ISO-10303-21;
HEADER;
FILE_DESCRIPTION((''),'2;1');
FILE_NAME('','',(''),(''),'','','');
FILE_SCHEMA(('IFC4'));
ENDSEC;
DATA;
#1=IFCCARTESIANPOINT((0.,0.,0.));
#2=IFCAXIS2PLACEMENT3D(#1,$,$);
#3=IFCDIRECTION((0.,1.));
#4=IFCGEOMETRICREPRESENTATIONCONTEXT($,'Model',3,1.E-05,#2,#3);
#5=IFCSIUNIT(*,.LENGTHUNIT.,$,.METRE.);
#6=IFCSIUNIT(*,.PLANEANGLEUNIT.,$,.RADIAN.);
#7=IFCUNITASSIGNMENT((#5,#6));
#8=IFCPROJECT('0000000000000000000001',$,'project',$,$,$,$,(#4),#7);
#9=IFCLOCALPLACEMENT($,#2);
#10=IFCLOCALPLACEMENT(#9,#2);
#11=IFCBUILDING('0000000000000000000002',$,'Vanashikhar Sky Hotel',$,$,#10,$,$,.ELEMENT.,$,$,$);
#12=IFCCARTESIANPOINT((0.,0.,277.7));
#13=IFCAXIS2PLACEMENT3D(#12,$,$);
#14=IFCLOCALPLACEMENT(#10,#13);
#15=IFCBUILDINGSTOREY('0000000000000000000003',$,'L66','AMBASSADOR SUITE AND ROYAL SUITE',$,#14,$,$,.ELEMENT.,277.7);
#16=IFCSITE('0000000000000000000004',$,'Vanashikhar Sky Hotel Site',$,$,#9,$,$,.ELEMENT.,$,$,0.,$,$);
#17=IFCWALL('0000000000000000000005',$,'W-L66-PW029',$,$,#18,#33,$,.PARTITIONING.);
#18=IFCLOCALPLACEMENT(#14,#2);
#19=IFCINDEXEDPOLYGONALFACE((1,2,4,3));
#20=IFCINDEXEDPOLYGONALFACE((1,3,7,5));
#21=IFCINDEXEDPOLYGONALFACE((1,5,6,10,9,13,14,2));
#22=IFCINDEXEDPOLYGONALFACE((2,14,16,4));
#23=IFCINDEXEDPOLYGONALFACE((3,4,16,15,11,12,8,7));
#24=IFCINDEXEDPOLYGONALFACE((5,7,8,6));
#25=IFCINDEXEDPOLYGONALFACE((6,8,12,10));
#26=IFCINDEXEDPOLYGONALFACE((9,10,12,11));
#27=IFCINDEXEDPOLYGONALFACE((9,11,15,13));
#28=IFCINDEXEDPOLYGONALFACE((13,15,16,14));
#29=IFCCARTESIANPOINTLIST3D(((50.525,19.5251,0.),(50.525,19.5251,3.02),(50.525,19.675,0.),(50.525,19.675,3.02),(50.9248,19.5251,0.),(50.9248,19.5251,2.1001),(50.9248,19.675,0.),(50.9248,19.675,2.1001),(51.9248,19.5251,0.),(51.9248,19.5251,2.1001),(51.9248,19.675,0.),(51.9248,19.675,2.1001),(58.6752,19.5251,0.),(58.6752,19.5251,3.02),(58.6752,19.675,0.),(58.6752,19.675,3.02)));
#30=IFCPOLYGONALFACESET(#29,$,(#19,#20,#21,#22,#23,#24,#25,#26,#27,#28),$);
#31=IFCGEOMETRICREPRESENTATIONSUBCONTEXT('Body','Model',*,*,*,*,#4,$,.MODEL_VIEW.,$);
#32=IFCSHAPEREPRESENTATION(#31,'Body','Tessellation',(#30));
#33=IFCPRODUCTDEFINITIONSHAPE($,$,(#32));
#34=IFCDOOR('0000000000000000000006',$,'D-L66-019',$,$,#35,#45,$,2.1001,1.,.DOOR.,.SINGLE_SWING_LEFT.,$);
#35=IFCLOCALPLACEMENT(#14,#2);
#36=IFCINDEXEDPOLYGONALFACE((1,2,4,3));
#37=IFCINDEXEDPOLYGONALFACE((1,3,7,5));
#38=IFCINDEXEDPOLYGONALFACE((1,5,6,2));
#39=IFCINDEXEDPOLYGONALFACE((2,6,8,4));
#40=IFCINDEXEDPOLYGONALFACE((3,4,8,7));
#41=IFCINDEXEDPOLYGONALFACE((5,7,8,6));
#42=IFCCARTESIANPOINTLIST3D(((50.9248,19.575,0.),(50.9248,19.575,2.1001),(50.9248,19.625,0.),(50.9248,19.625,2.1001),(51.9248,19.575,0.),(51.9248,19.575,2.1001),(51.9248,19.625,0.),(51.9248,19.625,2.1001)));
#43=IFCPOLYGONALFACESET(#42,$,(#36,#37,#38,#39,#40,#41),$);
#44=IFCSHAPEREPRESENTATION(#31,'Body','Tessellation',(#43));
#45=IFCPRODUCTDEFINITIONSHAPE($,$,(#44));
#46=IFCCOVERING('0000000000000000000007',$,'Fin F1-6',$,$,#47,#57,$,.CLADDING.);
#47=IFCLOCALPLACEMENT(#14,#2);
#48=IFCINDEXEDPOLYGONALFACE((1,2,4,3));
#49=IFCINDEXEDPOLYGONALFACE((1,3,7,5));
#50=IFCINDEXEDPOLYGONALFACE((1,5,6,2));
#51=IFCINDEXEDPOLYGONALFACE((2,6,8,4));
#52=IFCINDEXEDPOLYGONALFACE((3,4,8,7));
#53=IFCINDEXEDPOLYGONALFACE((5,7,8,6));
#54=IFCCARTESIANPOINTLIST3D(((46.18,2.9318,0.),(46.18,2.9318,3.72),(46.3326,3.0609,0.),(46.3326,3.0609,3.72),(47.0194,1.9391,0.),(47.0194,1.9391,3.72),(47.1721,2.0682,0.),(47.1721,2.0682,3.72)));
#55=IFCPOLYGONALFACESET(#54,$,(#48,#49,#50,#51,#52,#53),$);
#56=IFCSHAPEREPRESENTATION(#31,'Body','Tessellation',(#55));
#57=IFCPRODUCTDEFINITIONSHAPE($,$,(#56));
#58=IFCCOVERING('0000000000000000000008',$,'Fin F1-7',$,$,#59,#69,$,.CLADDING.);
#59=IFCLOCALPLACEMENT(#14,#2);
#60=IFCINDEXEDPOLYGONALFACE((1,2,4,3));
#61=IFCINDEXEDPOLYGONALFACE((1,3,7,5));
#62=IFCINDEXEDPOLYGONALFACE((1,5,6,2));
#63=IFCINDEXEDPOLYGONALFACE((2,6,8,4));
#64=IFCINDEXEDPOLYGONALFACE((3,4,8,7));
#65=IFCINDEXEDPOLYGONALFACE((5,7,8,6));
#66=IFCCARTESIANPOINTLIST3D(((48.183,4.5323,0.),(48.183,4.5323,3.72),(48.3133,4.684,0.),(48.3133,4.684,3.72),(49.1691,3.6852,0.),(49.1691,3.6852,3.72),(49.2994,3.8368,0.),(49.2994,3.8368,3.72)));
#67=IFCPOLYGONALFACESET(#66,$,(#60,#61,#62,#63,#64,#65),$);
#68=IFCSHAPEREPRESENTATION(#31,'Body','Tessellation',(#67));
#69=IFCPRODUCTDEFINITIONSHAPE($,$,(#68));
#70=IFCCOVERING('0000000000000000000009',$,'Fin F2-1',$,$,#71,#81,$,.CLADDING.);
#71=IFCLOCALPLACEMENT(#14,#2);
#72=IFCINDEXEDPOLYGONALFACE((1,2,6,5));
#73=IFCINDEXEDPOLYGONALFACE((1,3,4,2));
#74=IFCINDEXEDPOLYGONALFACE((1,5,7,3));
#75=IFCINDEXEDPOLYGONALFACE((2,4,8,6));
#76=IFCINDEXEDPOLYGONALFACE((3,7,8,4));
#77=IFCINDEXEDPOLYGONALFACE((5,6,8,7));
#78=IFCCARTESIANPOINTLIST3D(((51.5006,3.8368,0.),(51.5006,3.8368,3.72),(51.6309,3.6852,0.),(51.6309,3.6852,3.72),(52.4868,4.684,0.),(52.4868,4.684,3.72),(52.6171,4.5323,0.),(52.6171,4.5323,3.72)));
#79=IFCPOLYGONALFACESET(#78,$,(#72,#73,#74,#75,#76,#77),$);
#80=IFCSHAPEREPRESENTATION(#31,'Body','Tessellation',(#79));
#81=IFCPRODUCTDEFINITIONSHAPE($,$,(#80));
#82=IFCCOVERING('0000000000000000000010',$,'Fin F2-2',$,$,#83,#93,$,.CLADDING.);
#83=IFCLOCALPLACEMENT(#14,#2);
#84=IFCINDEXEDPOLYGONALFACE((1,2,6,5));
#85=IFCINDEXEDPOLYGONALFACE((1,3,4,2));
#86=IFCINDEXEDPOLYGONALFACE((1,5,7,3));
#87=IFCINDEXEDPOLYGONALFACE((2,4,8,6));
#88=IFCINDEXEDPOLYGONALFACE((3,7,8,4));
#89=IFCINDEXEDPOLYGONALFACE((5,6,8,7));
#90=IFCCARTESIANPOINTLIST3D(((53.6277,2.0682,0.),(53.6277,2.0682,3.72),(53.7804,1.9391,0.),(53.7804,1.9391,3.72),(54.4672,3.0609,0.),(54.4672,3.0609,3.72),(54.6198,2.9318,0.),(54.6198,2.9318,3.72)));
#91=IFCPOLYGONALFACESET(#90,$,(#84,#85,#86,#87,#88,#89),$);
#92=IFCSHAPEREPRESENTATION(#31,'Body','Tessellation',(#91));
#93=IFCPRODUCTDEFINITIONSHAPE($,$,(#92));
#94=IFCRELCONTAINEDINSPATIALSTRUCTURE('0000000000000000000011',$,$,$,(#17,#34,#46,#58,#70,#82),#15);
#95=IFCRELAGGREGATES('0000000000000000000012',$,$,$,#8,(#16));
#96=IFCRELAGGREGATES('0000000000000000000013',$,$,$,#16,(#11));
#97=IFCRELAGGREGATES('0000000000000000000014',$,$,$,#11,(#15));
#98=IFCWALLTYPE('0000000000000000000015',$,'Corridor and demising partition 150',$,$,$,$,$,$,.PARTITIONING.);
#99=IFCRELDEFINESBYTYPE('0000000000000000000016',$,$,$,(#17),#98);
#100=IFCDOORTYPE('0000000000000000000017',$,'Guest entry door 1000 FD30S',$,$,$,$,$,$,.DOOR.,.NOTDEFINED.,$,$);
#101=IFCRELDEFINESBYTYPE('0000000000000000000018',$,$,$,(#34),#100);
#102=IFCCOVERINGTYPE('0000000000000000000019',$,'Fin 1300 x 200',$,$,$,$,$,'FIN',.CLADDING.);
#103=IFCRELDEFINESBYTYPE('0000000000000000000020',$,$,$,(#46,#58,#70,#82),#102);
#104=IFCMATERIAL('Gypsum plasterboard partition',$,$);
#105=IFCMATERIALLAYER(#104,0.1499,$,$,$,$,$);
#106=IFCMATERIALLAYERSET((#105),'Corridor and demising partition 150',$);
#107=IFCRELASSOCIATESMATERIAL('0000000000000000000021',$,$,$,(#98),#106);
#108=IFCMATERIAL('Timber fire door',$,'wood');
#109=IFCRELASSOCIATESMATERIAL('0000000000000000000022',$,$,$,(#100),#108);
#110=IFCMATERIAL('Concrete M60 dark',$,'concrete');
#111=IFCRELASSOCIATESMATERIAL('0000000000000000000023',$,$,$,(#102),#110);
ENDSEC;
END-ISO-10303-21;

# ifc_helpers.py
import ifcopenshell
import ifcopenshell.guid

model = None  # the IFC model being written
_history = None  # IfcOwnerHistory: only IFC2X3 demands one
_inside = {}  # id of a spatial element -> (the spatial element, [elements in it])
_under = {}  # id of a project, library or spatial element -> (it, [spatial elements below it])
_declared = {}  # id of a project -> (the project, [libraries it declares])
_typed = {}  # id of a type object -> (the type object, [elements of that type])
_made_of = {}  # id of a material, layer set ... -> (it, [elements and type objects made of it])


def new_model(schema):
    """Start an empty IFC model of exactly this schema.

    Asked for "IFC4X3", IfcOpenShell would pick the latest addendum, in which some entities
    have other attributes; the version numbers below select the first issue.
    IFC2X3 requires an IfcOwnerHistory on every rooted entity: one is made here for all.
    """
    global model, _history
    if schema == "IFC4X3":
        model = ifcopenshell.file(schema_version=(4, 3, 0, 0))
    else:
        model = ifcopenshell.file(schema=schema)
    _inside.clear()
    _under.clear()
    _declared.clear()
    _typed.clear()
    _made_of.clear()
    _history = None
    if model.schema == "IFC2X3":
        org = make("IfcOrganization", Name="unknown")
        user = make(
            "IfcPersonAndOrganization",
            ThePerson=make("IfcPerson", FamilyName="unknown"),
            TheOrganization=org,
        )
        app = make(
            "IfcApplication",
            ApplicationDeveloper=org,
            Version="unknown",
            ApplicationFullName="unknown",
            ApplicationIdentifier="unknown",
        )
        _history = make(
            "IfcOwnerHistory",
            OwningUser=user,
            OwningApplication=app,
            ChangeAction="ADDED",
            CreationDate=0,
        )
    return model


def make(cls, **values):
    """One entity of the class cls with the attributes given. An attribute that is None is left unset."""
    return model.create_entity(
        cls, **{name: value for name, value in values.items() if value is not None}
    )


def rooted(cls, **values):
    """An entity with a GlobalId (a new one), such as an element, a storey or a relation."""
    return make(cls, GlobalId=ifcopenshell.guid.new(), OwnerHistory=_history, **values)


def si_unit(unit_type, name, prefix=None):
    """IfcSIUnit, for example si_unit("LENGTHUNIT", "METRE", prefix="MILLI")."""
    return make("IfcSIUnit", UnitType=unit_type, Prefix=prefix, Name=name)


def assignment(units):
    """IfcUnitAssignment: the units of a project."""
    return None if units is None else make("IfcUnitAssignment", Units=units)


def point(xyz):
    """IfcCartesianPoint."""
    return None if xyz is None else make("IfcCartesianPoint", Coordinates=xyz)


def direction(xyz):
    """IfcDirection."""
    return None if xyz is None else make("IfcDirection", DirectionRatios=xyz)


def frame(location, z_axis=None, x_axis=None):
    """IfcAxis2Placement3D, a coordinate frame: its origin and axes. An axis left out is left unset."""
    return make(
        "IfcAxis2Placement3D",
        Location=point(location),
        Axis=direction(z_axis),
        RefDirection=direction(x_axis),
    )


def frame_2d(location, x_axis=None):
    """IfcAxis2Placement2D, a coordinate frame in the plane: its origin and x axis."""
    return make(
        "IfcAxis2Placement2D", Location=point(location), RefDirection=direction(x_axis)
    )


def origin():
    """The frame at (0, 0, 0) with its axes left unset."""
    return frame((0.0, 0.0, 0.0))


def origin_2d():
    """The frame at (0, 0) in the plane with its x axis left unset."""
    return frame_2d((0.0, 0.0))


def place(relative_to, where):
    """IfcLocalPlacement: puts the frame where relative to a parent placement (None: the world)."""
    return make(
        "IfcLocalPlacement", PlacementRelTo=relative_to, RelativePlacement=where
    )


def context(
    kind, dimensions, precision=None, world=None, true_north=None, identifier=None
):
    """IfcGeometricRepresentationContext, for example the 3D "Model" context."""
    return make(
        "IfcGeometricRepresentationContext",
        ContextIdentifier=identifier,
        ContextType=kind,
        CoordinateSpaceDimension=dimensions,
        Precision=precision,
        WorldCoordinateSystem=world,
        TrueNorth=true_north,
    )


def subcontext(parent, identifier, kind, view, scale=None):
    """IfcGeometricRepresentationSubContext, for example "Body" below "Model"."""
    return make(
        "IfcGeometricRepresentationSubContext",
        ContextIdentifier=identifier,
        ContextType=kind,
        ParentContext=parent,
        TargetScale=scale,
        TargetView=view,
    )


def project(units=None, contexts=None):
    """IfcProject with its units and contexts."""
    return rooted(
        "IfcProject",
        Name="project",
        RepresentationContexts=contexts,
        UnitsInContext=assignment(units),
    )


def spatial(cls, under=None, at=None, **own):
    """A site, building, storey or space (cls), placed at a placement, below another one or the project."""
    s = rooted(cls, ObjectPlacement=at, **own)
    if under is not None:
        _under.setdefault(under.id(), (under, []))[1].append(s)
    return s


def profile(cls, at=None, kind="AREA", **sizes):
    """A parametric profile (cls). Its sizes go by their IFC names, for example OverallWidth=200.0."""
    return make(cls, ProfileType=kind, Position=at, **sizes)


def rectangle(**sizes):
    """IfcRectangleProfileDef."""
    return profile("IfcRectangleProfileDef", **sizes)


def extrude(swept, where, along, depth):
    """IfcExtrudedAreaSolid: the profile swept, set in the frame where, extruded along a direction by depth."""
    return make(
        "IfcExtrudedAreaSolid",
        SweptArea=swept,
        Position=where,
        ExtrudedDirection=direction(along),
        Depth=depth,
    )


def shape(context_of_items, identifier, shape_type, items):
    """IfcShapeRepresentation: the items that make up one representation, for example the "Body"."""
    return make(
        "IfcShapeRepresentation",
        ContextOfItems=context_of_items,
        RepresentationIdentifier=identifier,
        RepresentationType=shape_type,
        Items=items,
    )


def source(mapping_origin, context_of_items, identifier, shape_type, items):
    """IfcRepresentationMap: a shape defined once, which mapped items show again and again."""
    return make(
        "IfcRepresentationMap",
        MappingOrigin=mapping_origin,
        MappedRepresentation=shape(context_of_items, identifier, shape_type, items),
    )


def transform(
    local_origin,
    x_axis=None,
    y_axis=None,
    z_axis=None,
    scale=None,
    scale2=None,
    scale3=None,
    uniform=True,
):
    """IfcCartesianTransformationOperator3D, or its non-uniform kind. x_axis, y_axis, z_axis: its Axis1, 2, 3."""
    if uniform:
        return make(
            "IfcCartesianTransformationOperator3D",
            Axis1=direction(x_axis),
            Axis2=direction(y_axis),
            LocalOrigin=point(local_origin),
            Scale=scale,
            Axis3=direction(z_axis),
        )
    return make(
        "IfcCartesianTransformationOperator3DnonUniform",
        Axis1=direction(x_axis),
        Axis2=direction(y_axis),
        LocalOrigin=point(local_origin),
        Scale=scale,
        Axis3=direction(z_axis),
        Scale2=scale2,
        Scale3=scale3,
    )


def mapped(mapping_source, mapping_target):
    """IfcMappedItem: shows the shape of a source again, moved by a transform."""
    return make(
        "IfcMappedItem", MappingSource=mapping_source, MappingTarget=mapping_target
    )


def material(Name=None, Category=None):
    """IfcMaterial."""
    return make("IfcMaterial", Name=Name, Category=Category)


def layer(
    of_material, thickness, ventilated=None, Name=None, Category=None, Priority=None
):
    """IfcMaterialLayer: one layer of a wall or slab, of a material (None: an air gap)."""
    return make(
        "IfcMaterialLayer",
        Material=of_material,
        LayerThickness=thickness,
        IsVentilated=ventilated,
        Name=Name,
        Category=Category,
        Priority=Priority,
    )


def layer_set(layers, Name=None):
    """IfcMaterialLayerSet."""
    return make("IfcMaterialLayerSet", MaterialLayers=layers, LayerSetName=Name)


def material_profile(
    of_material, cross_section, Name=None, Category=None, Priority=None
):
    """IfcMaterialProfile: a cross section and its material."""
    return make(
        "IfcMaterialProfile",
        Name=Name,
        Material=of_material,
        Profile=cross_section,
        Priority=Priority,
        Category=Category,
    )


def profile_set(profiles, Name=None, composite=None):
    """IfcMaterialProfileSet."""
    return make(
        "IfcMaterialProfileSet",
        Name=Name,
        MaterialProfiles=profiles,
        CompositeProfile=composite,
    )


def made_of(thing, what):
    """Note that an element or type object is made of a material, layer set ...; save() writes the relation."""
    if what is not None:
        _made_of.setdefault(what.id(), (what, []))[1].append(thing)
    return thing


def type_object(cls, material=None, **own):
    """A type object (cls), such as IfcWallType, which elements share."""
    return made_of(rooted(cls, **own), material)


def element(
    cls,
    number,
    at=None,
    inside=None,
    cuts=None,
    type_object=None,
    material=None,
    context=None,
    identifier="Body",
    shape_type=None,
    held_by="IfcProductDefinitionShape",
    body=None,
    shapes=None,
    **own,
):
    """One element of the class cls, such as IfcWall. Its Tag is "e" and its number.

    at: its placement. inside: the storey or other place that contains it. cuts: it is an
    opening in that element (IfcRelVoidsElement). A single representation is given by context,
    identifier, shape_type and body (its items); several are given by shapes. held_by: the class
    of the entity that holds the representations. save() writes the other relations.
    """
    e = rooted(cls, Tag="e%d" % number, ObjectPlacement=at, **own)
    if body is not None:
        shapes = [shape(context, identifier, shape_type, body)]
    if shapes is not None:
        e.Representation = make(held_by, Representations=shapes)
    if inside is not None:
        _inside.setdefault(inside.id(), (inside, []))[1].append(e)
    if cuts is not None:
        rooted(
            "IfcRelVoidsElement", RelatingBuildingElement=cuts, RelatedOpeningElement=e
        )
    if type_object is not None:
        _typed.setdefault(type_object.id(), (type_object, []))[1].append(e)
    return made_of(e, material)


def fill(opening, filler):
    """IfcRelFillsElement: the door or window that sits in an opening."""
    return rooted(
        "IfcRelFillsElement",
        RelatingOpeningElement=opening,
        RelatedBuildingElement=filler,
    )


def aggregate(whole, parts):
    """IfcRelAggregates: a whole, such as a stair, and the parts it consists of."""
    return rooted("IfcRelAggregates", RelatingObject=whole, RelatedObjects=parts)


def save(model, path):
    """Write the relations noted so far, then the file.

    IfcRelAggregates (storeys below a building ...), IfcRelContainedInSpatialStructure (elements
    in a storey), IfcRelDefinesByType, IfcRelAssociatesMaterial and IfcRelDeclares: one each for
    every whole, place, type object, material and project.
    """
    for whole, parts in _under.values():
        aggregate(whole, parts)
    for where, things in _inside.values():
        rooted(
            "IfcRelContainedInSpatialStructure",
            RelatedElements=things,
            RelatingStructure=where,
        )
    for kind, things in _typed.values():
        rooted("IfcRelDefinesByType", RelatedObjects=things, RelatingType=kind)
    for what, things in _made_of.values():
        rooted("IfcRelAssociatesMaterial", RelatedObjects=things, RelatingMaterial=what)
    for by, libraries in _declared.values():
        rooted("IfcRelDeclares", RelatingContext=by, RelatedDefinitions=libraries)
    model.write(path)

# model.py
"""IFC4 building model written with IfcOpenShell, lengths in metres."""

from ifc_helpers import new_model, si_unit, direction, frame, frame_2d, origin, origin_2d, place, context, subcontext, project, spatial, rectangle, extrude, source, transform, mapped, material, layer, layer_set, material_profile, profile_set, type_object, element, fill, save


model = new_model("IFC4")

# Units and contexts
model_context = context("Model", 3, precision=1e-05, world=origin(), true_north=direction((0.0, 1.0)))
body_context = subcontext(model_context, "Body", "Model", "MODEL_VIEW")
ifc_project = project(units=[si_unit("LENGTHUNIT", "METRE"), si_unit("PLANEANGLEUNIT", "RADIAN")], contexts=[model_context])

# Site, building, storey
site_placement = place(None, origin())
site = spatial("IfcSite", under=ifc_project, at=site_placement, Name="Vanashikhar Sky Hotel Site", CompositionType="ELEMENT", RefElevation=0.0)
building_placement = place(site_placement, origin())
building = spatial("IfcBuilding", under=site, at=building_placement, Name="Vanashikhar Sky Hotel", CompositionType="ELEMENT")
storey_placement = place(building_placement, frame((0.0, 0.0, 277.7)))
storey = spatial("IfcBuildingStorey", under=building, at=storey_placement, Name="L66", Description="AMBASSADOR SUITE AND ROYAL SUITE", CompositionType="ELEMENT", Elevation=277.7)

# Shared definitions
ifc_material_1 = material(Name="Gypsum plasterboard partition")

# Wall, opening, door
ifc_layer_1 = layer(ifc_material_1, 0.1499)
ifc_layer_set_1 = layer_set([ifc_layer_1], Name="Corridor and demising partition 150")
wall_type_1 = type_object("IfcWallType", Name="Corridor and demising partition 150", PredefinedType="PARTITIONING", material=ifc_layer_set_1)
shared_shape_1 = source(origin(), body_context, "Body", "SweptSolid", [
    extrude(rectangle(XDim=8.1501, YDim=0.1499, at=frame_2d((4.0752, 0.0))), origin(), (0.0, 0.0, 1.0), 3.02),
])
wall_1_placement = place(storey_placement, frame((50.5249, 19.6001, 0.0), z_axis=(0.0, 0.0, 1.0), x_axis=(1.0, 0.0, 0.0)))
wall_1 = element("IfcWall", 1, at=wall_1_placement, inside=storey, type_object=wall_type_1, Name="W-L66-PW029", PredefinedType="PARTITIONING", context=body_context, shape_type="MappedRepresentation", body=[
    mapped(shared_shape_1, transform((0.0, 0.0, 0.0), scale=1.0)),
])
shared_shape_2 = source(origin(), body_context, "Body", "SweptSolid", [
    extrude(rectangle(XDim=1.0, YDim=2.1001, at=frame_2d((0.5, 1.05))), frame((0.0, 0.085, 0.0), z_axis=(0.0, -1.0, 0.0), x_axis=(1.0, 0.0, 0.0)), (0.0, 0.0, 1.0), 0.1699),
])
opening_1_placement = place(wall_1_placement, frame((0.3999, 0.0, 0.0)))
opening_1 = element("IfcOpeningElement", 2, at=opening_1_placement, cuts=wall_1, PredefinedType="OPENING", context=body_context, shape_type="MappedRepresentation", body=[
    mapped(shared_shape_2, transform((0.0, 0.0, 0.0), scale=1.0)),
])
ifc_material_2 = material(Name="Timber fire door", Category="wood")
door_type_1 = type_object("IfcDoorType", Name="Guest entry door 1000 FD30S", OperationType="NOTDEFINED", PredefinedType="DOOR", material=ifc_material_2)
shared_shape_3 = source(origin(), body_context, "Body", "SweptSolid", [
    extrude(rectangle(XDim=1.0, YDim=2.1001, at=frame_2d((0.5, 1.05))), frame((0.0, 0.0249, 0.0), z_axis=(0.0, -1.0, 0.0), x_axis=(1.0, 0.0, 0.0)), (0.0, 0.0, 1.0), 0.05),
])
door_1_placement = place(opening_1_placement, origin())
door_1 = element("IfcDoor", 3, at=door_1_placement, inside=storey, type_object=door_type_1, Name="D-L66-019", OperationType="SINGLE_SWING_LEFT", OverallHeight=2.1001, OverallWidth=1.0, PredefinedType="DOOR", context=body_context, shape_type="MappedRepresentation", body=[
    mapped(shared_shape_3, transform((0.0, 0.0, 0.0), scale=1.0)),
])
fill(opening_1, door_1)

# Coverings
ifc_material_3 = material(Name="Concrete M60 dark", Category="concrete")
ifc_material_profile_1 = material_profile(ifc_material_3, rectangle(XDim=1.3, YDim=0.2, at=origin_2d()))
ifc_profile_set_1 = profile_set([ifc_material_profile_1], Name="Fin 1300 x 200")
covering_type = type_object("IfcCoveringType", Name="Fin 1300 x 200", ElementType="FIN", PredefinedType="CLADDING", material=ifc_profile_set_1)
shared_shape_4 = source(origin(), body_context, "Body", "SweptSolid", [
    extrude(rectangle(XDim=1.3, YDim=0.2, at=origin_2d()), origin(), (0.0, 0.0, 1.0), 3.72),
])
for number, where, z_axis, x_axis, name in (
    (4, (46.676, 2.5, 0.0), (0.0, 0.0, 1.0), (0.645698, -0.763593, 0.0), "Fin F1-6"),
    (5, (48.7412, 4.1846, 0.0), (0.0, 0.0, 1.0), (0.758544, -0.651622, 0.0), "Fin F1-7"),
    (6, (52.0588, 4.1846, 0.0), (0.0, 0.0, 1.0), (-0.758544, -0.651622, 0.0), "Fin F2-1"),
    (7, (54.1238, 2.5, 0.0), (0.0, 0.0, 1.0), (-0.645698, -0.763593, 0.0), "Fin F2-2"),
):
    element("IfcCovering", number, at=place(storey_placement, frame(where, z_axis=z_axis, x_axis=x_axis)), inside=storey, type_object=covering_type, Name=name, PredefinedType="CLADDING", context=body_context, shape_type="MappedRepresentation", body=[
        mapped(shared_shape_4, transform((0.0, 0.0, 0.0), scale=1.0)),
    ])

save(model, "model.ifc")
